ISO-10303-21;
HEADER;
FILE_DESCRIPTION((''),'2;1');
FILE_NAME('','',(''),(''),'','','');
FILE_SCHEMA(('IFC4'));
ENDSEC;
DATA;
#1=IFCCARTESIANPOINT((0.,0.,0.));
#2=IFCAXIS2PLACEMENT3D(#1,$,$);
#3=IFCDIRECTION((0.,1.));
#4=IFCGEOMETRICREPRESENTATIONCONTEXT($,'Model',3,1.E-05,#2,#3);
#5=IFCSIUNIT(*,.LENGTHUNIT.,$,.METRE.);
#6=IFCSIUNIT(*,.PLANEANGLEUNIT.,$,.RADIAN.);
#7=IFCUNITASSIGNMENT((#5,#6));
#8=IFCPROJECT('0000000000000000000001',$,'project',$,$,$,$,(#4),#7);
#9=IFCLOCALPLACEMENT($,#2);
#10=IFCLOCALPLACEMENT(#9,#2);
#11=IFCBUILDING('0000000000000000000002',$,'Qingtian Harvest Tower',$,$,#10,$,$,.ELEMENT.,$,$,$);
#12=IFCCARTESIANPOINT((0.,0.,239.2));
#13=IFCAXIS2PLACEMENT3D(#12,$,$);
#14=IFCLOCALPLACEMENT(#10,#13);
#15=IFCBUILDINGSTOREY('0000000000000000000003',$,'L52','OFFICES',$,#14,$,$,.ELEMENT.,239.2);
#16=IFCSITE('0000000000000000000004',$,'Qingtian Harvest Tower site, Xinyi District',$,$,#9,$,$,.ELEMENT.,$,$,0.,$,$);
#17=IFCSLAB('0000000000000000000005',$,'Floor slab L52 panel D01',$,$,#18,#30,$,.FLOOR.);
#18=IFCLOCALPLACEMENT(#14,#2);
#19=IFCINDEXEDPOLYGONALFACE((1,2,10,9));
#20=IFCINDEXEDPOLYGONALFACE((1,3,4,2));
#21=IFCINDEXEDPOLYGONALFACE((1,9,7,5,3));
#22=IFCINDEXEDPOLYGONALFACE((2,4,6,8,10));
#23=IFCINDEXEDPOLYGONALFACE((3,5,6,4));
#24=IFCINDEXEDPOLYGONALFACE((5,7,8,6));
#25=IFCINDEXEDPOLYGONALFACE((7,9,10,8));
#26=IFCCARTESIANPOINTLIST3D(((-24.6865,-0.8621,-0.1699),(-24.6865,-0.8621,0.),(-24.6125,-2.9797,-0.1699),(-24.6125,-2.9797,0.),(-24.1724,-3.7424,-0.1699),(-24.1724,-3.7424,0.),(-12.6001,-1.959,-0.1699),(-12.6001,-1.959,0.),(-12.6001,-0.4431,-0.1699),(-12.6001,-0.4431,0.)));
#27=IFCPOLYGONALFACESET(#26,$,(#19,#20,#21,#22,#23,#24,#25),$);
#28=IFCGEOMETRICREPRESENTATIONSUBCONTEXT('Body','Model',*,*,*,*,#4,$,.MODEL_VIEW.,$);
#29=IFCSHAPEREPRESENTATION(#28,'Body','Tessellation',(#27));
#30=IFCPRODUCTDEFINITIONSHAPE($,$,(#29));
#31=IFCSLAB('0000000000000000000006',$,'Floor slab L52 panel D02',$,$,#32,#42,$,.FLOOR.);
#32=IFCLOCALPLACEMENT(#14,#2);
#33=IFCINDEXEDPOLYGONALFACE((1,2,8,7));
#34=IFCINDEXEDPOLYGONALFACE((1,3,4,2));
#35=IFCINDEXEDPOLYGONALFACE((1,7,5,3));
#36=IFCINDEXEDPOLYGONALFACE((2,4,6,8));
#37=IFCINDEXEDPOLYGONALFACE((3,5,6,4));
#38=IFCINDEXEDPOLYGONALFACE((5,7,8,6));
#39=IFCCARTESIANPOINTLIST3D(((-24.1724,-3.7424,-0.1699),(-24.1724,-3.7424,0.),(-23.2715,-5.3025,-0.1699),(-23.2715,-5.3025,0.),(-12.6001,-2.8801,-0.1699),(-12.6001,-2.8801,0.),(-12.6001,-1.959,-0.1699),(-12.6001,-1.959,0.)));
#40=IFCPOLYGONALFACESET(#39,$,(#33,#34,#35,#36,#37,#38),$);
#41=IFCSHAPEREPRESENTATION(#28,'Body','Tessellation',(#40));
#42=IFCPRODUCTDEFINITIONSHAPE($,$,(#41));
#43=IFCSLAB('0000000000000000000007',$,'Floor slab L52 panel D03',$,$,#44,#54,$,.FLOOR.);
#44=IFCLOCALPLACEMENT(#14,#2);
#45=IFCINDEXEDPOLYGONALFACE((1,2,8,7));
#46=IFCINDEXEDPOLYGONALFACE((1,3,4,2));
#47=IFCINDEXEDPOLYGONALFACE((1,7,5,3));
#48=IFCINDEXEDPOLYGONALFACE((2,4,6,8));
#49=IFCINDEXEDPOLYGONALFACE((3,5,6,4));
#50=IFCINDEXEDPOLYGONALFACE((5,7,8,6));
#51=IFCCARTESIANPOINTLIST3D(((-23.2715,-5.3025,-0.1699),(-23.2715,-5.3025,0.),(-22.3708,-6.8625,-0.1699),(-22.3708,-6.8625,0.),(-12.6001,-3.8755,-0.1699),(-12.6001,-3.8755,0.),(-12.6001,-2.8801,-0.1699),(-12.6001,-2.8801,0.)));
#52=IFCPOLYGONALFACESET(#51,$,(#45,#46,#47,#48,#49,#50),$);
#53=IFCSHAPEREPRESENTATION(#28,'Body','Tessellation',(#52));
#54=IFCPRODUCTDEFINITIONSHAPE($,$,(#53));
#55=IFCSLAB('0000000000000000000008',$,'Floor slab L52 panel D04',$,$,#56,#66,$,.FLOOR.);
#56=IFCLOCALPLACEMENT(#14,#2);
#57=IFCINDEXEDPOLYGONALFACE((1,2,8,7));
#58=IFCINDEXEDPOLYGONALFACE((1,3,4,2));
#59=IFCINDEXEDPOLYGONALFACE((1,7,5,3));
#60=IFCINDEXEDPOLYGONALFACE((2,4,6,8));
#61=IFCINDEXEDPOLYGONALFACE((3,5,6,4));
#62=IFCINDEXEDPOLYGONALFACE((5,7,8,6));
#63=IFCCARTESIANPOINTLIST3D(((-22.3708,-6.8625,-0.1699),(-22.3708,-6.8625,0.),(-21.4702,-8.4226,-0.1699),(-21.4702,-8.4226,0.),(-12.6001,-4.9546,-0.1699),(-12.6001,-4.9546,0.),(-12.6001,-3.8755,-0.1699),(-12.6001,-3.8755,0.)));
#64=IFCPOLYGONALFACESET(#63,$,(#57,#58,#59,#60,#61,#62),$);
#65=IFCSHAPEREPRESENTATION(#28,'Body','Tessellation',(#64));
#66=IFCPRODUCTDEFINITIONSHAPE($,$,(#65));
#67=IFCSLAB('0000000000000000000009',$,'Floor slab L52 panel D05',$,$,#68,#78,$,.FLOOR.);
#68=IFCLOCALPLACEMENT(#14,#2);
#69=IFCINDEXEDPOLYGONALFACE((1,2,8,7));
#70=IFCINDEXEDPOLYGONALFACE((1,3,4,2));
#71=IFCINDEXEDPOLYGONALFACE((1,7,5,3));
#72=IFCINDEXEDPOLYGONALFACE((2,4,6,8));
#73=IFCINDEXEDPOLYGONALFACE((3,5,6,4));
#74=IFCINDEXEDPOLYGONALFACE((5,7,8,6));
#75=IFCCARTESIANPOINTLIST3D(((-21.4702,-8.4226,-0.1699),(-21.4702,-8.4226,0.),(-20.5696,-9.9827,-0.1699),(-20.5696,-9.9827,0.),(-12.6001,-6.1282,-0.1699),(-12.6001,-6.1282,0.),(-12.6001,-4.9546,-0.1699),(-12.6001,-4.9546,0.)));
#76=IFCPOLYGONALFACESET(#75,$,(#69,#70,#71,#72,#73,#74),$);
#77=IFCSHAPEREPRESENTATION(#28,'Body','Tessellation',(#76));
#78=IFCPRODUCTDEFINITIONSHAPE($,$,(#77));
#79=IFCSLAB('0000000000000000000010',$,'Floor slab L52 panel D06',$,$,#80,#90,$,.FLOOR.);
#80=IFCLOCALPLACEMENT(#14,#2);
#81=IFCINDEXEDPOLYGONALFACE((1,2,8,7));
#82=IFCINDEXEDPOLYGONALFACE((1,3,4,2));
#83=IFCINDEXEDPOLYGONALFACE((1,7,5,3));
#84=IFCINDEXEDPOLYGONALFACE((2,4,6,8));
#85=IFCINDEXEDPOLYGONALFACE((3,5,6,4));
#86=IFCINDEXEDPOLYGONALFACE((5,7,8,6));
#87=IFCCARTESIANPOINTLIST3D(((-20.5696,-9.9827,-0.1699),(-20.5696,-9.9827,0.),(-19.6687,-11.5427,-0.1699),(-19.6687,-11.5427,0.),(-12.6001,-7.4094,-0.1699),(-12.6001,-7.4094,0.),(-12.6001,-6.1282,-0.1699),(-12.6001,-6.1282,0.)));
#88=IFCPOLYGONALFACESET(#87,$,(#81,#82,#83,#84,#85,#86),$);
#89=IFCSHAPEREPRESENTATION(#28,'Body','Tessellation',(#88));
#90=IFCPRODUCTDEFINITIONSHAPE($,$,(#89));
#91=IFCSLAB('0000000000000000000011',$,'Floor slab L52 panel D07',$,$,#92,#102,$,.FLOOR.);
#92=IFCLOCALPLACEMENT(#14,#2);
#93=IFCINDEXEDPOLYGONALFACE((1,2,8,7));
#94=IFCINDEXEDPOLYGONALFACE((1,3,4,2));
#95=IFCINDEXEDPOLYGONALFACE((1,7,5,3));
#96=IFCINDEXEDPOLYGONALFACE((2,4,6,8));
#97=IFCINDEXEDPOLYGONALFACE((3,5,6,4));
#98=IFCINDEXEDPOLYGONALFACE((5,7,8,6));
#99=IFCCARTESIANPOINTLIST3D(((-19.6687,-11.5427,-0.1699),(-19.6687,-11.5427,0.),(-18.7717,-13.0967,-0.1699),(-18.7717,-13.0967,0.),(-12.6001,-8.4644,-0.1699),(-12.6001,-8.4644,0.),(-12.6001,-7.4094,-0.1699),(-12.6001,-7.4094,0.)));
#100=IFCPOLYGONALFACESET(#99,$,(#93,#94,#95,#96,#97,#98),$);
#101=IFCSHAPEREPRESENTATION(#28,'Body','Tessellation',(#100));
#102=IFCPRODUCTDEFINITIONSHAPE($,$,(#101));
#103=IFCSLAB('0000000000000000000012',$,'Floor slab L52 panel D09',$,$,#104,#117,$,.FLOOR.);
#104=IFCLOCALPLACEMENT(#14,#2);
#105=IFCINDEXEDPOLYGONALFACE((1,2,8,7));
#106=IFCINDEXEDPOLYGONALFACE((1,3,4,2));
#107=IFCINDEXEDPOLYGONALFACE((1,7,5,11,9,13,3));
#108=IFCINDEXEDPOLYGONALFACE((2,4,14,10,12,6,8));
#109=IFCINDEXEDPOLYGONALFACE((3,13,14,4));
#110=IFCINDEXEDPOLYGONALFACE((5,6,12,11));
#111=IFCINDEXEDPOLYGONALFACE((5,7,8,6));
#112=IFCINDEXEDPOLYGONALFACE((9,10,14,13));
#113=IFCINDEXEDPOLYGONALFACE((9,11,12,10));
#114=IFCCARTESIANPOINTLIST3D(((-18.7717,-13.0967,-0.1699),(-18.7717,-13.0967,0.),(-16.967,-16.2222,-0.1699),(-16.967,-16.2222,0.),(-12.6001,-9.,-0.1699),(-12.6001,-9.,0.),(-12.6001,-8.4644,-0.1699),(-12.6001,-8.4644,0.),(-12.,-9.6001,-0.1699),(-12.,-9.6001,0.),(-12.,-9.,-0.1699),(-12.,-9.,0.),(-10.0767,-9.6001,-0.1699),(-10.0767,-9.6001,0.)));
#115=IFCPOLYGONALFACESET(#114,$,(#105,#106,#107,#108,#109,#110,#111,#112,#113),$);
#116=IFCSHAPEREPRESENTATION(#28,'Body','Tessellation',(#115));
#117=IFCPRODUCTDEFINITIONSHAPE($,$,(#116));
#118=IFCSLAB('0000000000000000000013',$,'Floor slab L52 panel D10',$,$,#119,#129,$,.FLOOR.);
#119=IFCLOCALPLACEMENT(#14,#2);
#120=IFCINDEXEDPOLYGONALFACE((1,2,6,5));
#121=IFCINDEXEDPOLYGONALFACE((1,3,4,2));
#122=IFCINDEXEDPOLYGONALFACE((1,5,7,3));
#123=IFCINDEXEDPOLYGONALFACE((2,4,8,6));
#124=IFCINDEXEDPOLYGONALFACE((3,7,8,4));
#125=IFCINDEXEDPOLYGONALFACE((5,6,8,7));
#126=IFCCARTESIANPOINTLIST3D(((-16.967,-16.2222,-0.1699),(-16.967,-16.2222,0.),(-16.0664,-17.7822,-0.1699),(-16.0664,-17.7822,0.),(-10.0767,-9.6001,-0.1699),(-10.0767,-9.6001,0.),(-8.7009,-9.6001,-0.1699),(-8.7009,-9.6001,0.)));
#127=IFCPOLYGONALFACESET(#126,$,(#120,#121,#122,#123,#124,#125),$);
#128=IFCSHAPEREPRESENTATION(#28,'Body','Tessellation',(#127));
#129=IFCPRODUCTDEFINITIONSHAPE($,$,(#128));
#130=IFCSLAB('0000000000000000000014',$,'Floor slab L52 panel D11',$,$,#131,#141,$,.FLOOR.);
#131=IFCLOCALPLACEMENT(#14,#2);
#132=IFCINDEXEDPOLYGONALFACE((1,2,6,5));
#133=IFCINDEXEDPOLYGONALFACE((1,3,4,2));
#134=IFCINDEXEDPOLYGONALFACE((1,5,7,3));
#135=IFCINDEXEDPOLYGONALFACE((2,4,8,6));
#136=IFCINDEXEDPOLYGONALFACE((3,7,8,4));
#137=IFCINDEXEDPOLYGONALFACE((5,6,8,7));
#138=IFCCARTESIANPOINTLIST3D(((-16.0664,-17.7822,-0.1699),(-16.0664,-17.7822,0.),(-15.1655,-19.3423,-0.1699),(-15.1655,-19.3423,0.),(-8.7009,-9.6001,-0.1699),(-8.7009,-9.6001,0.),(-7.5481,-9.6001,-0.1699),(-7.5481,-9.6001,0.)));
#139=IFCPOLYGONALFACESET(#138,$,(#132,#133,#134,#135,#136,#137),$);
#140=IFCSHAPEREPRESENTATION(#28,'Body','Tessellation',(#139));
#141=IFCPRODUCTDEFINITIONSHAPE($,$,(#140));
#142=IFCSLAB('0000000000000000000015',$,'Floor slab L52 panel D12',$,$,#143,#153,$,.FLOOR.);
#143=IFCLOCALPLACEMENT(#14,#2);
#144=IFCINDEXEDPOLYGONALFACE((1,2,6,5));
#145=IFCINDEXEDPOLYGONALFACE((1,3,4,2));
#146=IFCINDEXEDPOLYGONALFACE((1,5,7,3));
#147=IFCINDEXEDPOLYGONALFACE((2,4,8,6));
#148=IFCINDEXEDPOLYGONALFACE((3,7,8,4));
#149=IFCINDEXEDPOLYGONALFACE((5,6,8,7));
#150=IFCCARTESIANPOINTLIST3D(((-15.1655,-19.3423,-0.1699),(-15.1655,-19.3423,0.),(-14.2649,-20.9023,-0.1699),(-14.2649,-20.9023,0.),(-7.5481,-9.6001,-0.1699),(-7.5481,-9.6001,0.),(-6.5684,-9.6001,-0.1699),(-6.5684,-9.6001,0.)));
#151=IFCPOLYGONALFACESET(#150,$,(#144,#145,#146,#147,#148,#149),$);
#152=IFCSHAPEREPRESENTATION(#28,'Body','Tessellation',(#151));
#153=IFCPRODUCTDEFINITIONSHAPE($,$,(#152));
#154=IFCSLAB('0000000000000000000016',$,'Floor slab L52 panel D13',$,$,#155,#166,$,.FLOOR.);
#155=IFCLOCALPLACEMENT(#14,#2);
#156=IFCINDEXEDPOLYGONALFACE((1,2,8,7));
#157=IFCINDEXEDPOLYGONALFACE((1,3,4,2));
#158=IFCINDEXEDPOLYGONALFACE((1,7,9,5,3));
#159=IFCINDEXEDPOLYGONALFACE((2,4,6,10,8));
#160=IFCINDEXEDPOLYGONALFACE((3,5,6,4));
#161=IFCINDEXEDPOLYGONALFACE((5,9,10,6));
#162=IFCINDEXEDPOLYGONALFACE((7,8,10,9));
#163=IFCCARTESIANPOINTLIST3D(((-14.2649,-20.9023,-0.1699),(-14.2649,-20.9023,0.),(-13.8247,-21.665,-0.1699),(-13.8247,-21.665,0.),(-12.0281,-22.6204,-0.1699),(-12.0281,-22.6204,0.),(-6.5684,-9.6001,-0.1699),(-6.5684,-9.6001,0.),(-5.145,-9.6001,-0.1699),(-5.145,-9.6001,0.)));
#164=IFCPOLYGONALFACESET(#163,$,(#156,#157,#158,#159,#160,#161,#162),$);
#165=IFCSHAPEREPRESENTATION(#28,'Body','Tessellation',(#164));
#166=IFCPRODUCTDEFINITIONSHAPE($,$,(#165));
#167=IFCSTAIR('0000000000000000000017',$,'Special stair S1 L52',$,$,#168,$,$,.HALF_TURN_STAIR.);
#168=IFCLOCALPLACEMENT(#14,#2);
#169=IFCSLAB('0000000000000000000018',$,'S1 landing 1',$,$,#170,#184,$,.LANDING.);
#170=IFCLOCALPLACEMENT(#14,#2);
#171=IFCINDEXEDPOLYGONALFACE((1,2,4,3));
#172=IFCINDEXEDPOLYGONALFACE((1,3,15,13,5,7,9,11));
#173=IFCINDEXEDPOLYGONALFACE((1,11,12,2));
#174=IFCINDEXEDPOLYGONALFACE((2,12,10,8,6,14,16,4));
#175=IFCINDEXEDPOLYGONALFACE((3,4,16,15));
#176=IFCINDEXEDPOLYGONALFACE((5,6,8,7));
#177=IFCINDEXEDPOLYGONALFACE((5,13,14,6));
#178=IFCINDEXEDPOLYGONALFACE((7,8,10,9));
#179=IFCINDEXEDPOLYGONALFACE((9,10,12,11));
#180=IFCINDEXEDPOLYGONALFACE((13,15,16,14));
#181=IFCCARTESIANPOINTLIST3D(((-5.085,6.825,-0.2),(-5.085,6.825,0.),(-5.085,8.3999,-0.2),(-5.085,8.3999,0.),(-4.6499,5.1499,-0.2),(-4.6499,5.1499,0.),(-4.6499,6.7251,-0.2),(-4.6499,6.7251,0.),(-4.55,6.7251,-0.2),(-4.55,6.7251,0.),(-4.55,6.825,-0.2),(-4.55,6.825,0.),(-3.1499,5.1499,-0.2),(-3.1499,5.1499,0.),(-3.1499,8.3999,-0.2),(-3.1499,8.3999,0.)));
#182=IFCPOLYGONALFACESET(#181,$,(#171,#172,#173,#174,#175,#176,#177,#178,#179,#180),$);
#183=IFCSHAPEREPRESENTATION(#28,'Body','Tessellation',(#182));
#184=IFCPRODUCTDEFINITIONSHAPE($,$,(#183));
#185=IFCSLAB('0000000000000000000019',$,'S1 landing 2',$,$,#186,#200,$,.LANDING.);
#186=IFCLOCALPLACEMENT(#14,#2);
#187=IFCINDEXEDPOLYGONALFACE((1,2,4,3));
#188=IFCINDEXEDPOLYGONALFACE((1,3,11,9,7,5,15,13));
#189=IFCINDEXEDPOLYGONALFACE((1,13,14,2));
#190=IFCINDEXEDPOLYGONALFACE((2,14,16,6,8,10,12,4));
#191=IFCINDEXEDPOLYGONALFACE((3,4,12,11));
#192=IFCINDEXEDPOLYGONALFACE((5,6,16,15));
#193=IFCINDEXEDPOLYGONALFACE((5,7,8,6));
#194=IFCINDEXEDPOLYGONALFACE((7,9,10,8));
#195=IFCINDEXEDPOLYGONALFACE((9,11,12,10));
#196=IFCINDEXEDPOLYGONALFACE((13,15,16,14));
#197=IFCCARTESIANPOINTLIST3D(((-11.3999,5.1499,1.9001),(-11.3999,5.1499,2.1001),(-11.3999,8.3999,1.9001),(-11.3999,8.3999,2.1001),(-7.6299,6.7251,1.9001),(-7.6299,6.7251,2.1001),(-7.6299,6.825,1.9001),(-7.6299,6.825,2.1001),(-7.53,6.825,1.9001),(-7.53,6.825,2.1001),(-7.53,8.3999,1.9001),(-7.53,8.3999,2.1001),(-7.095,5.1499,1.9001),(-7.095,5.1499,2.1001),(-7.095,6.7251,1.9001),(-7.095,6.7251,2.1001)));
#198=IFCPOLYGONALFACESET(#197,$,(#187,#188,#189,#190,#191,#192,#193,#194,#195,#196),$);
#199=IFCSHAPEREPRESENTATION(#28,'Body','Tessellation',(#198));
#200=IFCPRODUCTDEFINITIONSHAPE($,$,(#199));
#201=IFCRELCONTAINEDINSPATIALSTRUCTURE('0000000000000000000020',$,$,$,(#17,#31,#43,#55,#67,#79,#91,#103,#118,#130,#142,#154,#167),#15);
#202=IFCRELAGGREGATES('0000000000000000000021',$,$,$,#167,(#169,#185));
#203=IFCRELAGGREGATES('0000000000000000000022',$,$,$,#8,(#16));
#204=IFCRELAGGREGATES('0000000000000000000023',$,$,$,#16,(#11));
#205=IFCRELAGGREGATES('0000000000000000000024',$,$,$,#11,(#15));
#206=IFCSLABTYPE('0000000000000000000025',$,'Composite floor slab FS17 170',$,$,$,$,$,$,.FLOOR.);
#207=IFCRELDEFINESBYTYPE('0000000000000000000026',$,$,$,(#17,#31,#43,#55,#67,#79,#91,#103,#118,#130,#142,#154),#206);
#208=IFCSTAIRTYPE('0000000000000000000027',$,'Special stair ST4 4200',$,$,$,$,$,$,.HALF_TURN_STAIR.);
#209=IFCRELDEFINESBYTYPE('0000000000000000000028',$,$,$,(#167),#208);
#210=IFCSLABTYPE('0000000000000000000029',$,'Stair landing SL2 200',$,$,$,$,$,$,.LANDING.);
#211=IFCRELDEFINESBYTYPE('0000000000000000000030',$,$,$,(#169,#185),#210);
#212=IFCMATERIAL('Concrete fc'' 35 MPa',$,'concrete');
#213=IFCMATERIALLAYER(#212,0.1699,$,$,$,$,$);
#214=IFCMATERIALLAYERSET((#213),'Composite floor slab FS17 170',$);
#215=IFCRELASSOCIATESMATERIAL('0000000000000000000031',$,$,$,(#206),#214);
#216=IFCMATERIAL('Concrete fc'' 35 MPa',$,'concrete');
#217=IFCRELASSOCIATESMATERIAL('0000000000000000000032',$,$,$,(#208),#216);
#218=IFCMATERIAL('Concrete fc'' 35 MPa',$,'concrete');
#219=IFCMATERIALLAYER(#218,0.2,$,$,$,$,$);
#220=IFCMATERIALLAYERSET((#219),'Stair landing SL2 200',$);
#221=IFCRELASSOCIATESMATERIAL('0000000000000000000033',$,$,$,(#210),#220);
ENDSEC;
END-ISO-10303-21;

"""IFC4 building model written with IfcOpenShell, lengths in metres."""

from ifc_helpers import new_model, si_unit, direction, frame, origin, place, context, subcontext, project, spatial, polyline, outline, extrude, material, layer, layer_set, type_object, element, aggregate, save


model = new_model("IFC4")

# Units and contexts
model_context = context("Model", 3, precision=1e-05, world=origin(), true_north=direction((0.0, 1.0)))
body_context = subcontext(model_context, "Body", "Model", "MODEL_VIEW")
ifc_project = project(units=[si_unit("LENGTHUNIT", "METRE"), si_unit("PLANEANGLEUNIT", "RADIAN")], contexts=[model_context])

# Site, building, storey
site_placement = place(None, origin())
site = spatial("IfcSite", under=ifc_project, at=site_placement, Name="Qingtian Harvest Tower site, Xinyi District", CompositionType="ELEMENT", RefElevation=0.0)
building_placement = place(site_placement, origin())
building = spatial("IfcBuilding", under=site, at=building_placement, Name="Qingtian Harvest Tower", CompositionType="ELEMENT")
storey_placement = place(building_placement, frame((0.0, 0.0, 239.2)))
storey = spatial("IfcBuildingStorey", under=building, at=storey_placement, Name="L52", Description="OFFICES", CompositionType="ELEMENT", Elevation=239.2)

# Slabs
ifc_material_1 = material(Name="Concrete fc' 35 MPa", Category="concrete")
ifc_layer_1 = layer(ifc_material_1, 0.1699)
ifc_layer_set_1 = layer_set([ifc_layer_1], Name="Composite floor slab FS17 170")
slab_type_1 = type_object("IfcSlabType", Name="Composite floor slab FS17 170", PredefinedType="FLOOR", material=ifc_layer_set_1)
slab_1_placement = place(storey_placement, frame((0.0, 0.0, -0.1699)))
element("IfcSlab", 1, at=slab_1_placement, inside=storey, type_object=slab_type_1, Name="Floor slab L52 panel D01", PredefinedType="FLOOR", context=body_context, shape_type="SweptSolid", body=[
    extrude(outline(polyline([(-24.6865, -0.8621), (-12.6001, -0.4431), (-12.6001, -1.959), (-24.1724, -3.7424), (-24.6125, -2.9797), (-24.6865, -0.8621)])), origin(), (0.0, 0.0, 1.0), 0.1699),
])
slab_2_placement = place(storey_placement, frame((0.0, 0.0, -0.1699)))
element("IfcSlab", 2, at=slab_2_placement, inside=storey, type_object=slab_type_1, Name="Floor slab L52 panel D02", PredefinedType="FLOOR", context=body_context, shape_type="SweptSolid", body=[
    extrude(outline(polyline([(-12.6001, -2.8801), (-23.2715, -5.3025), (-24.1724, -3.7424), (-12.6001, -1.959), (-12.6001, -2.8801)])), origin(), (0.0, 0.0, 1.0), 0.1699),
])
slab_3_placement = place(storey_placement, frame((0.0, 0.0, -0.1699)))
element("IfcSlab", 3, at=slab_3_placement, inside=storey, type_object=slab_type_1, Name="Floor slab L52 panel D03", PredefinedType="FLOOR", context=body_context, shape_type="SweptSolid", body=[
    extrude(outline(polyline([(-12.6001, -3.8755), (-22.3708, -6.8625), (-23.2715, -5.3025), (-12.6001, -2.8801), (-12.6001, -3.8755)])), origin(), (0.0, 0.0, 1.0), 0.1699),
])
slab_4_placement = place(storey_placement, frame((0.0, 0.0, -0.1699)))
element("IfcSlab", 4, at=slab_4_placement, inside=storey, type_object=slab_type_1, Name="Floor slab L52 panel D04", PredefinedType="FLOOR", context=body_context, shape_type="SweptSolid", body=[
    extrude(outline(polyline([(-12.6001, -4.9546), (-21.4702, -8.4226), (-22.3708, -6.8625), (-12.6001, -3.8755), (-12.6001, -4.9546)])), origin(), (0.0, 0.0, 1.0), 0.1699),
])
slab_5_placement = place(storey_placement, frame((0.0, 0.0, -0.1699)))
element("IfcSlab", 5, at=slab_5_placement, inside=storey, type_object=slab_type_1, Name="Floor slab L52 panel D05", PredefinedType="FLOOR", context=body_context, shape_type="SweptSolid", body=[
    extrude(outline(polyline([(-12.6001, -6.1282), (-20.5696, -9.9827), (-21.4702, -8.4226), (-12.6001, -4.9546), (-12.6001, -6.1282)])), origin(), (0.0, 0.0, 1.0), 0.1699),
])
slab_6_placement = place(storey_placement, frame((0.0, 0.0, -0.1699)))
element("IfcSlab", 6, at=slab_6_placement, inside=storey, type_object=slab_type_1, Name="Floor slab L52 panel D06", PredefinedType="FLOOR", context=body_context, shape_type="SweptSolid", body=[
    extrude(outline(polyline([(-12.6001, -7.4094), (-19.6687, -11.5427), (-20.5696, -9.9827), (-12.6001, -6.1282), (-12.6001, -7.4094)])), origin(), (0.0, 0.0, 1.0), 0.1699),
])
slab_7_placement = place(storey_placement, frame((0.0, 0.0, -0.1699)))
element("IfcSlab", 7, at=slab_7_placement, inside=storey, type_object=slab_type_1, Name="Floor slab L52 panel D07", PredefinedType="FLOOR", context=body_context, shape_type="SweptSolid", body=[
    extrude(outline(polyline([(-12.6001, -8.4644), (-18.7717, -13.0967), (-19.6687, -11.5427), (-12.6001, -7.4094), (-12.6001, -8.4644)])), origin(), (0.0, 0.0, 1.0), 0.1699),
])
slab_8_placement = place(storey_placement, frame((0.0, 0.0, -0.1699)))
element("IfcSlab", 8, at=slab_8_placement, inside=storey, type_object=slab_type_1, Name="Floor slab L52 panel D09", PredefinedType="FLOOR", context=body_context, shape_type="SweptSolid", body=[
    extrude(outline(polyline([(-16.967, -16.2222), (-18.7717, -13.0967), (-12.6001, -8.4644), (-12.6001, -9.0), (-12.0, -9.0), (-12.0, -9.6001), (-10.0767, -9.6001), (-16.967, -16.2222)])), origin(), (0.0, 0.0, 1.0), 0.1699),
])
slab_9_placement = place(storey_placement, frame((0.0, 0.0, -0.1699)))
element("IfcSlab", 9, at=slab_9_placement, inside=storey, type_object=slab_type_1, Name="Floor slab L52 panel D10", PredefinedType="FLOOR", context=body_context, shape_type="SweptSolid", body=[
    extrude(outline(polyline([(-8.7009, -9.6001), (-16.0664, -17.7822), (-16.967, -16.2222), (-10.0767, -9.6001), (-8.7009, -9.6001)])), origin(), (0.0, 0.0, 1.0), 0.1699),
])
slab_10_placement = place(storey_placement, frame((0.0, 0.0, -0.1699)))
element("IfcSlab", 10, at=slab_10_placement, inside=storey, type_object=slab_type_1, Name="Floor slab L52 panel D11", PredefinedType="FLOOR", context=body_context, shape_type="SweptSolid", body=[
    extrude(outline(polyline([(-7.5481, -9.6001), (-15.1655, -19.3423), (-16.0664, -17.7822), (-8.7009, -9.6001), (-7.5481, -9.6001)])), origin(), (0.0, 0.0, 1.0), 0.1699),
])
slab_11_placement = place(storey_placement, frame((0.0, 0.0, -0.1699)))
element("IfcSlab", 11, at=slab_11_placement, inside=storey, type_object=slab_type_1, Name="Floor slab L52 panel D12", PredefinedType="FLOOR", context=body_context, shape_type="SweptSolid", body=[
    extrude(outline(polyline([(-6.5684, -9.6001), (-14.2649, -20.9023), (-15.1655, -19.3423), (-7.5481, -9.6001), (-6.5684, -9.6001)])), origin(), (0.0, 0.0, 1.0), 0.1699),
])
slab_12_placement = place(storey_placement, frame((0.0, 0.0, -0.1699)))
element("IfcSlab", 12, at=slab_12_placement, inside=storey, type_object=slab_type_1, Name="Floor slab L52 panel D13", PredefinedType="FLOOR", context=body_context, shape_type="SweptSolid", body=[
    extrude(outline(polyline([(-6.5684, -9.6001), (-5.145, -9.6001), (-12.0281, -22.6204), (-13.8247, -21.665), (-14.2649, -20.9023), (-6.5684, -9.6001)])), origin(), (0.0, 0.0, 1.0), 0.1699),
])

# Stair, slabs
ifc_material_2 = material(Name="Concrete fc' 35 MPa", Category="concrete")
stair_type = type_object("IfcStairType", Name="Special stair ST4 4200", PredefinedType="HALF_TURN_STAIR", material=ifc_material_2)
stair_1_placement = place(storey_placement, origin())
stair_1 = element("IfcStair", 13, at=stair_1_placement, inside=storey, type_object=stair_type, Name="Special stair S1 L52", PredefinedType="HALF_TURN_STAIR")
ifc_material_3 = material(Name="Concrete fc' 35 MPa", Category="concrete")
ifc_layer_2 = layer(ifc_material_3, 0.2)
ifc_layer_set_2 = layer_set([ifc_layer_2], Name="Stair landing SL2 200")
slab_type_2 = type_object("IfcSlabType", Name="Stair landing SL2 200", PredefinedType="LANDING", material=ifc_layer_set_2)
slab_13_placement = place(storey_placement, frame((0.0, 0.0, -0.2)))
slab_13 = element("IfcSlab", 14, at=slab_13_placement, type_object=slab_type_2, Name="S1 landing 1", PredefinedType="LANDING", context=body_context, shape_type="SweptSolid", body=[
    extrude(outline(polyline([(-4.6499, 5.1499), (-4.6499, 6.7251), (-4.55, 6.7251), (-4.55, 6.825), (-5.085, 6.825), (-5.085, 8.3999), (-3.1499, 8.3999), (-3.1499, 5.1499), (-4.6499, 5.1499)])), origin(), (0.0, 0.0, 1.0), 0.2),
])
slab_14_placement = place(storey_placement, frame((0.0, 0.0, 1.9001)))
slab_14 = element("IfcSlab", 15, at=slab_14_placement, type_object=slab_type_2, Name="S1 landing 2", PredefinedType="LANDING", context=body_context, shape_type="SweptSolid", body=[
    extrude(outline(polyline([(-7.095, 5.1499), (-11.3999, 5.1499), (-11.3999, 8.3999), (-7.53, 8.3999), (-7.53, 6.825), (-7.6299, 6.825), (-7.6299, 6.7251), (-7.095, 6.7251), (-7.095, 5.1499)])), origin(), (0.0, 0.0, 1.0), 0.2),
])
aggregate(stair_1, [slab_13, slab_14])

save(model, "model.ifc")
